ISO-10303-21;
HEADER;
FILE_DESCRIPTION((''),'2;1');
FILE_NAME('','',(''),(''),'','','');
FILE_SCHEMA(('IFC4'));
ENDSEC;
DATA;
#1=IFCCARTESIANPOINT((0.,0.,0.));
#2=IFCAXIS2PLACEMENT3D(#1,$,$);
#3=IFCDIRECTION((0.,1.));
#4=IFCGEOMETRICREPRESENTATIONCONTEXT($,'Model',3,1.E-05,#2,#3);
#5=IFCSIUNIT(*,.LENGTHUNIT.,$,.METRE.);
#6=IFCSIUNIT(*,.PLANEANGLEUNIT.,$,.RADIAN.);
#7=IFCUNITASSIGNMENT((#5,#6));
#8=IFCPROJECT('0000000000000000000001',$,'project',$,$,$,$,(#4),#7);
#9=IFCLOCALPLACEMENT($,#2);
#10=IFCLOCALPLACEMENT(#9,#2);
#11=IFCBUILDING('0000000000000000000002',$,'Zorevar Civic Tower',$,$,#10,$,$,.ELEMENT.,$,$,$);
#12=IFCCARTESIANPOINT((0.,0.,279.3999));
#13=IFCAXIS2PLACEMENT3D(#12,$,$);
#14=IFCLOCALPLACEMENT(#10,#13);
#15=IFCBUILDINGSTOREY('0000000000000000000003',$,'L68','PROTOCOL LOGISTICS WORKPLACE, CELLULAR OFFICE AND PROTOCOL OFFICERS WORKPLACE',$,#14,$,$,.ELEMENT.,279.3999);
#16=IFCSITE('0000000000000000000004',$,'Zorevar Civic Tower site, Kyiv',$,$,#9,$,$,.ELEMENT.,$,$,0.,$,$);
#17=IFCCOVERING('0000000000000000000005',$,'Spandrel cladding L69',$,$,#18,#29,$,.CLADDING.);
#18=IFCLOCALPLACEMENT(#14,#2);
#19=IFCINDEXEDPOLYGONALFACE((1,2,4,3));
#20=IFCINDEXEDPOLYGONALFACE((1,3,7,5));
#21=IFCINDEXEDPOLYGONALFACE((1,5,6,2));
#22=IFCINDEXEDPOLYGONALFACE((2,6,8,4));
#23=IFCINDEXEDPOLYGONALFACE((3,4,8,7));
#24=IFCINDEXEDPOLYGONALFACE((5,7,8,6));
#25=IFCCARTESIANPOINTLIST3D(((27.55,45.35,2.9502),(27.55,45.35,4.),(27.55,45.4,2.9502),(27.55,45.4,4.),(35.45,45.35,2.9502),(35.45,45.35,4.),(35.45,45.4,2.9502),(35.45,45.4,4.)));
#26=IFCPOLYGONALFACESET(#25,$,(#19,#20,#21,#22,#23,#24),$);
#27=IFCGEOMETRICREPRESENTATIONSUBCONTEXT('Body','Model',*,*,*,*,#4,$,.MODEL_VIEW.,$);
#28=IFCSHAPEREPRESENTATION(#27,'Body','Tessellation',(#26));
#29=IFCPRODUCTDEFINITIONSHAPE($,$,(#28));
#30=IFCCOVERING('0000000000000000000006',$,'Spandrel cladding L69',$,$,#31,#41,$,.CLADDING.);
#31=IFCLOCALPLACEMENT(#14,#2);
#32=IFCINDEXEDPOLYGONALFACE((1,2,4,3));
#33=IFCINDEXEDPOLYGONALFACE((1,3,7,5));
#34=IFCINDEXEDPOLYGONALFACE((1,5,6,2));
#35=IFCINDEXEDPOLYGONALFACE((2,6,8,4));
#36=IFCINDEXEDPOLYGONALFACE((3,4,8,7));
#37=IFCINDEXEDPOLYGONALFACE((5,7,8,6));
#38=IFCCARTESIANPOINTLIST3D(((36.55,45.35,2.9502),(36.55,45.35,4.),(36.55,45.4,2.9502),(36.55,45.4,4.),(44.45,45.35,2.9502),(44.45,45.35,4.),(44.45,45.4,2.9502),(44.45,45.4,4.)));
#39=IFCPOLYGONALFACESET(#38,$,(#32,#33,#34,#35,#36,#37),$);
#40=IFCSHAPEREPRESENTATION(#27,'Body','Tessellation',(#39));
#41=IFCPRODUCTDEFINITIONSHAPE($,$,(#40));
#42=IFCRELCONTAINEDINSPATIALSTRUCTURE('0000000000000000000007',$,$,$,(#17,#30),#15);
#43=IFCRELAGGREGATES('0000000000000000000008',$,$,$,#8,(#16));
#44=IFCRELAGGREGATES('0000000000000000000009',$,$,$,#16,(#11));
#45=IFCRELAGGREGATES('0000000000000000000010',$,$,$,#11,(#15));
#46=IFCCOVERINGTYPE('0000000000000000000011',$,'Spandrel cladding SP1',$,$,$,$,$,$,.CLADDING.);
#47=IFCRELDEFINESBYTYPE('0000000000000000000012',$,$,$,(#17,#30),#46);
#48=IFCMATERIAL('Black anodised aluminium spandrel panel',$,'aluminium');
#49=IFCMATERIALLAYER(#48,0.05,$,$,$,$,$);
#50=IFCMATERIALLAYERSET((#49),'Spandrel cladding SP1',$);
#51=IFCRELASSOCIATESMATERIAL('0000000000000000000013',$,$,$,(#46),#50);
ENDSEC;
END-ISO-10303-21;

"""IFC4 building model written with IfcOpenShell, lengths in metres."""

from ifc_helpers import new_model, si_unit, direction, frame, frame_2d, origin, place, context, subcontext, project, spatial, rectangle, extrude, material, layer, layer_set, type_object, element, save


model = new_model("IFC4")

# Units and contexts
model_context = context("Model", 3, precision=1e-05, world=origin(), true_north=direction((0.0, 1.0)))
body_context = subcontext(model_context, "Body", "Model", "MODEL_VIEW")
ifc_project = project(units=[si_unit("LENGTHUNIT", "METRE"), si_unit("PLANEANGLEUNIT", "RADIAN")], contexts=[model_context])

# Site, building, storey
site_placement = place(None, origin())
site = spatial("IfcSite", under=ifc_project, at=site_placement, Name="Zorevar Civic Tower site, Kyiv", CompositionType="ELEMENT", RefElevation=0.0)
building_placement = place(site_placement, origin())
building = spatial("IfcBuilding", under=site, at=building_placement, Name="Zorevar Civic Tower", CompositionType="ELEMENT")
storey_placement = place(building_placement, frame((0.0, 0.0, 279.3999)))
storey = spatial("IfcBuildingStorey", under=building, at=storey_placement, Name="L68", Description="PROTOCOL LOGISTICS WORKPLACE, CELLULAR OFFICE AND PROTOCOL OFFICERS WORKPLACE", CompositionType="ELEMENT", Elevation=279.3999)

# Coverings
ifc_material_1 = material(Name="Black anodised aluminium spandrel panel", Category="aluminium")
ifc_layer_1 = layer(ifc_material_1, 0.05)
ifc_layer_set_1 = layer_set([ifc_layer_1], Name="Spandrel cladding SP1")
covering_type = type_object("IfcCoveringType", Name="Spandrel cladding SP1", PredefinedType="CLADDING", material=ifc_layer_set_1)
for number, where, z_axis, x_axis, name in (
    (1, (27.55, 45.375, 2.9502), (0.0, 0.0, 1.0), (1.0, 0.0, 0.0), "Spandrel cladding L69"),
    (2, (36.55, 45.375, 2.9502), (0.0, 0.0, 1.0), (1.0, 0.0, 0.0), "Spandrel cladding L69"),
):
    element("IfcCovering", number, at=place(storey_placement, frame(where, z_axis=z_axis, x_axis=x_axis)), inside=storey, type_object=covering_type, Name=name, PredefinedType="CLADDING", context=body_context, shape_type="SweptSolid", body=[
        extrude(rectangle(XDim=7.8999, YDim=0.05, at=frame_2d((3.95, 0.0))), origin(), (0.0, 0.0, 1.0), 1.0498),
    ])

save(model, "model.ifc")
